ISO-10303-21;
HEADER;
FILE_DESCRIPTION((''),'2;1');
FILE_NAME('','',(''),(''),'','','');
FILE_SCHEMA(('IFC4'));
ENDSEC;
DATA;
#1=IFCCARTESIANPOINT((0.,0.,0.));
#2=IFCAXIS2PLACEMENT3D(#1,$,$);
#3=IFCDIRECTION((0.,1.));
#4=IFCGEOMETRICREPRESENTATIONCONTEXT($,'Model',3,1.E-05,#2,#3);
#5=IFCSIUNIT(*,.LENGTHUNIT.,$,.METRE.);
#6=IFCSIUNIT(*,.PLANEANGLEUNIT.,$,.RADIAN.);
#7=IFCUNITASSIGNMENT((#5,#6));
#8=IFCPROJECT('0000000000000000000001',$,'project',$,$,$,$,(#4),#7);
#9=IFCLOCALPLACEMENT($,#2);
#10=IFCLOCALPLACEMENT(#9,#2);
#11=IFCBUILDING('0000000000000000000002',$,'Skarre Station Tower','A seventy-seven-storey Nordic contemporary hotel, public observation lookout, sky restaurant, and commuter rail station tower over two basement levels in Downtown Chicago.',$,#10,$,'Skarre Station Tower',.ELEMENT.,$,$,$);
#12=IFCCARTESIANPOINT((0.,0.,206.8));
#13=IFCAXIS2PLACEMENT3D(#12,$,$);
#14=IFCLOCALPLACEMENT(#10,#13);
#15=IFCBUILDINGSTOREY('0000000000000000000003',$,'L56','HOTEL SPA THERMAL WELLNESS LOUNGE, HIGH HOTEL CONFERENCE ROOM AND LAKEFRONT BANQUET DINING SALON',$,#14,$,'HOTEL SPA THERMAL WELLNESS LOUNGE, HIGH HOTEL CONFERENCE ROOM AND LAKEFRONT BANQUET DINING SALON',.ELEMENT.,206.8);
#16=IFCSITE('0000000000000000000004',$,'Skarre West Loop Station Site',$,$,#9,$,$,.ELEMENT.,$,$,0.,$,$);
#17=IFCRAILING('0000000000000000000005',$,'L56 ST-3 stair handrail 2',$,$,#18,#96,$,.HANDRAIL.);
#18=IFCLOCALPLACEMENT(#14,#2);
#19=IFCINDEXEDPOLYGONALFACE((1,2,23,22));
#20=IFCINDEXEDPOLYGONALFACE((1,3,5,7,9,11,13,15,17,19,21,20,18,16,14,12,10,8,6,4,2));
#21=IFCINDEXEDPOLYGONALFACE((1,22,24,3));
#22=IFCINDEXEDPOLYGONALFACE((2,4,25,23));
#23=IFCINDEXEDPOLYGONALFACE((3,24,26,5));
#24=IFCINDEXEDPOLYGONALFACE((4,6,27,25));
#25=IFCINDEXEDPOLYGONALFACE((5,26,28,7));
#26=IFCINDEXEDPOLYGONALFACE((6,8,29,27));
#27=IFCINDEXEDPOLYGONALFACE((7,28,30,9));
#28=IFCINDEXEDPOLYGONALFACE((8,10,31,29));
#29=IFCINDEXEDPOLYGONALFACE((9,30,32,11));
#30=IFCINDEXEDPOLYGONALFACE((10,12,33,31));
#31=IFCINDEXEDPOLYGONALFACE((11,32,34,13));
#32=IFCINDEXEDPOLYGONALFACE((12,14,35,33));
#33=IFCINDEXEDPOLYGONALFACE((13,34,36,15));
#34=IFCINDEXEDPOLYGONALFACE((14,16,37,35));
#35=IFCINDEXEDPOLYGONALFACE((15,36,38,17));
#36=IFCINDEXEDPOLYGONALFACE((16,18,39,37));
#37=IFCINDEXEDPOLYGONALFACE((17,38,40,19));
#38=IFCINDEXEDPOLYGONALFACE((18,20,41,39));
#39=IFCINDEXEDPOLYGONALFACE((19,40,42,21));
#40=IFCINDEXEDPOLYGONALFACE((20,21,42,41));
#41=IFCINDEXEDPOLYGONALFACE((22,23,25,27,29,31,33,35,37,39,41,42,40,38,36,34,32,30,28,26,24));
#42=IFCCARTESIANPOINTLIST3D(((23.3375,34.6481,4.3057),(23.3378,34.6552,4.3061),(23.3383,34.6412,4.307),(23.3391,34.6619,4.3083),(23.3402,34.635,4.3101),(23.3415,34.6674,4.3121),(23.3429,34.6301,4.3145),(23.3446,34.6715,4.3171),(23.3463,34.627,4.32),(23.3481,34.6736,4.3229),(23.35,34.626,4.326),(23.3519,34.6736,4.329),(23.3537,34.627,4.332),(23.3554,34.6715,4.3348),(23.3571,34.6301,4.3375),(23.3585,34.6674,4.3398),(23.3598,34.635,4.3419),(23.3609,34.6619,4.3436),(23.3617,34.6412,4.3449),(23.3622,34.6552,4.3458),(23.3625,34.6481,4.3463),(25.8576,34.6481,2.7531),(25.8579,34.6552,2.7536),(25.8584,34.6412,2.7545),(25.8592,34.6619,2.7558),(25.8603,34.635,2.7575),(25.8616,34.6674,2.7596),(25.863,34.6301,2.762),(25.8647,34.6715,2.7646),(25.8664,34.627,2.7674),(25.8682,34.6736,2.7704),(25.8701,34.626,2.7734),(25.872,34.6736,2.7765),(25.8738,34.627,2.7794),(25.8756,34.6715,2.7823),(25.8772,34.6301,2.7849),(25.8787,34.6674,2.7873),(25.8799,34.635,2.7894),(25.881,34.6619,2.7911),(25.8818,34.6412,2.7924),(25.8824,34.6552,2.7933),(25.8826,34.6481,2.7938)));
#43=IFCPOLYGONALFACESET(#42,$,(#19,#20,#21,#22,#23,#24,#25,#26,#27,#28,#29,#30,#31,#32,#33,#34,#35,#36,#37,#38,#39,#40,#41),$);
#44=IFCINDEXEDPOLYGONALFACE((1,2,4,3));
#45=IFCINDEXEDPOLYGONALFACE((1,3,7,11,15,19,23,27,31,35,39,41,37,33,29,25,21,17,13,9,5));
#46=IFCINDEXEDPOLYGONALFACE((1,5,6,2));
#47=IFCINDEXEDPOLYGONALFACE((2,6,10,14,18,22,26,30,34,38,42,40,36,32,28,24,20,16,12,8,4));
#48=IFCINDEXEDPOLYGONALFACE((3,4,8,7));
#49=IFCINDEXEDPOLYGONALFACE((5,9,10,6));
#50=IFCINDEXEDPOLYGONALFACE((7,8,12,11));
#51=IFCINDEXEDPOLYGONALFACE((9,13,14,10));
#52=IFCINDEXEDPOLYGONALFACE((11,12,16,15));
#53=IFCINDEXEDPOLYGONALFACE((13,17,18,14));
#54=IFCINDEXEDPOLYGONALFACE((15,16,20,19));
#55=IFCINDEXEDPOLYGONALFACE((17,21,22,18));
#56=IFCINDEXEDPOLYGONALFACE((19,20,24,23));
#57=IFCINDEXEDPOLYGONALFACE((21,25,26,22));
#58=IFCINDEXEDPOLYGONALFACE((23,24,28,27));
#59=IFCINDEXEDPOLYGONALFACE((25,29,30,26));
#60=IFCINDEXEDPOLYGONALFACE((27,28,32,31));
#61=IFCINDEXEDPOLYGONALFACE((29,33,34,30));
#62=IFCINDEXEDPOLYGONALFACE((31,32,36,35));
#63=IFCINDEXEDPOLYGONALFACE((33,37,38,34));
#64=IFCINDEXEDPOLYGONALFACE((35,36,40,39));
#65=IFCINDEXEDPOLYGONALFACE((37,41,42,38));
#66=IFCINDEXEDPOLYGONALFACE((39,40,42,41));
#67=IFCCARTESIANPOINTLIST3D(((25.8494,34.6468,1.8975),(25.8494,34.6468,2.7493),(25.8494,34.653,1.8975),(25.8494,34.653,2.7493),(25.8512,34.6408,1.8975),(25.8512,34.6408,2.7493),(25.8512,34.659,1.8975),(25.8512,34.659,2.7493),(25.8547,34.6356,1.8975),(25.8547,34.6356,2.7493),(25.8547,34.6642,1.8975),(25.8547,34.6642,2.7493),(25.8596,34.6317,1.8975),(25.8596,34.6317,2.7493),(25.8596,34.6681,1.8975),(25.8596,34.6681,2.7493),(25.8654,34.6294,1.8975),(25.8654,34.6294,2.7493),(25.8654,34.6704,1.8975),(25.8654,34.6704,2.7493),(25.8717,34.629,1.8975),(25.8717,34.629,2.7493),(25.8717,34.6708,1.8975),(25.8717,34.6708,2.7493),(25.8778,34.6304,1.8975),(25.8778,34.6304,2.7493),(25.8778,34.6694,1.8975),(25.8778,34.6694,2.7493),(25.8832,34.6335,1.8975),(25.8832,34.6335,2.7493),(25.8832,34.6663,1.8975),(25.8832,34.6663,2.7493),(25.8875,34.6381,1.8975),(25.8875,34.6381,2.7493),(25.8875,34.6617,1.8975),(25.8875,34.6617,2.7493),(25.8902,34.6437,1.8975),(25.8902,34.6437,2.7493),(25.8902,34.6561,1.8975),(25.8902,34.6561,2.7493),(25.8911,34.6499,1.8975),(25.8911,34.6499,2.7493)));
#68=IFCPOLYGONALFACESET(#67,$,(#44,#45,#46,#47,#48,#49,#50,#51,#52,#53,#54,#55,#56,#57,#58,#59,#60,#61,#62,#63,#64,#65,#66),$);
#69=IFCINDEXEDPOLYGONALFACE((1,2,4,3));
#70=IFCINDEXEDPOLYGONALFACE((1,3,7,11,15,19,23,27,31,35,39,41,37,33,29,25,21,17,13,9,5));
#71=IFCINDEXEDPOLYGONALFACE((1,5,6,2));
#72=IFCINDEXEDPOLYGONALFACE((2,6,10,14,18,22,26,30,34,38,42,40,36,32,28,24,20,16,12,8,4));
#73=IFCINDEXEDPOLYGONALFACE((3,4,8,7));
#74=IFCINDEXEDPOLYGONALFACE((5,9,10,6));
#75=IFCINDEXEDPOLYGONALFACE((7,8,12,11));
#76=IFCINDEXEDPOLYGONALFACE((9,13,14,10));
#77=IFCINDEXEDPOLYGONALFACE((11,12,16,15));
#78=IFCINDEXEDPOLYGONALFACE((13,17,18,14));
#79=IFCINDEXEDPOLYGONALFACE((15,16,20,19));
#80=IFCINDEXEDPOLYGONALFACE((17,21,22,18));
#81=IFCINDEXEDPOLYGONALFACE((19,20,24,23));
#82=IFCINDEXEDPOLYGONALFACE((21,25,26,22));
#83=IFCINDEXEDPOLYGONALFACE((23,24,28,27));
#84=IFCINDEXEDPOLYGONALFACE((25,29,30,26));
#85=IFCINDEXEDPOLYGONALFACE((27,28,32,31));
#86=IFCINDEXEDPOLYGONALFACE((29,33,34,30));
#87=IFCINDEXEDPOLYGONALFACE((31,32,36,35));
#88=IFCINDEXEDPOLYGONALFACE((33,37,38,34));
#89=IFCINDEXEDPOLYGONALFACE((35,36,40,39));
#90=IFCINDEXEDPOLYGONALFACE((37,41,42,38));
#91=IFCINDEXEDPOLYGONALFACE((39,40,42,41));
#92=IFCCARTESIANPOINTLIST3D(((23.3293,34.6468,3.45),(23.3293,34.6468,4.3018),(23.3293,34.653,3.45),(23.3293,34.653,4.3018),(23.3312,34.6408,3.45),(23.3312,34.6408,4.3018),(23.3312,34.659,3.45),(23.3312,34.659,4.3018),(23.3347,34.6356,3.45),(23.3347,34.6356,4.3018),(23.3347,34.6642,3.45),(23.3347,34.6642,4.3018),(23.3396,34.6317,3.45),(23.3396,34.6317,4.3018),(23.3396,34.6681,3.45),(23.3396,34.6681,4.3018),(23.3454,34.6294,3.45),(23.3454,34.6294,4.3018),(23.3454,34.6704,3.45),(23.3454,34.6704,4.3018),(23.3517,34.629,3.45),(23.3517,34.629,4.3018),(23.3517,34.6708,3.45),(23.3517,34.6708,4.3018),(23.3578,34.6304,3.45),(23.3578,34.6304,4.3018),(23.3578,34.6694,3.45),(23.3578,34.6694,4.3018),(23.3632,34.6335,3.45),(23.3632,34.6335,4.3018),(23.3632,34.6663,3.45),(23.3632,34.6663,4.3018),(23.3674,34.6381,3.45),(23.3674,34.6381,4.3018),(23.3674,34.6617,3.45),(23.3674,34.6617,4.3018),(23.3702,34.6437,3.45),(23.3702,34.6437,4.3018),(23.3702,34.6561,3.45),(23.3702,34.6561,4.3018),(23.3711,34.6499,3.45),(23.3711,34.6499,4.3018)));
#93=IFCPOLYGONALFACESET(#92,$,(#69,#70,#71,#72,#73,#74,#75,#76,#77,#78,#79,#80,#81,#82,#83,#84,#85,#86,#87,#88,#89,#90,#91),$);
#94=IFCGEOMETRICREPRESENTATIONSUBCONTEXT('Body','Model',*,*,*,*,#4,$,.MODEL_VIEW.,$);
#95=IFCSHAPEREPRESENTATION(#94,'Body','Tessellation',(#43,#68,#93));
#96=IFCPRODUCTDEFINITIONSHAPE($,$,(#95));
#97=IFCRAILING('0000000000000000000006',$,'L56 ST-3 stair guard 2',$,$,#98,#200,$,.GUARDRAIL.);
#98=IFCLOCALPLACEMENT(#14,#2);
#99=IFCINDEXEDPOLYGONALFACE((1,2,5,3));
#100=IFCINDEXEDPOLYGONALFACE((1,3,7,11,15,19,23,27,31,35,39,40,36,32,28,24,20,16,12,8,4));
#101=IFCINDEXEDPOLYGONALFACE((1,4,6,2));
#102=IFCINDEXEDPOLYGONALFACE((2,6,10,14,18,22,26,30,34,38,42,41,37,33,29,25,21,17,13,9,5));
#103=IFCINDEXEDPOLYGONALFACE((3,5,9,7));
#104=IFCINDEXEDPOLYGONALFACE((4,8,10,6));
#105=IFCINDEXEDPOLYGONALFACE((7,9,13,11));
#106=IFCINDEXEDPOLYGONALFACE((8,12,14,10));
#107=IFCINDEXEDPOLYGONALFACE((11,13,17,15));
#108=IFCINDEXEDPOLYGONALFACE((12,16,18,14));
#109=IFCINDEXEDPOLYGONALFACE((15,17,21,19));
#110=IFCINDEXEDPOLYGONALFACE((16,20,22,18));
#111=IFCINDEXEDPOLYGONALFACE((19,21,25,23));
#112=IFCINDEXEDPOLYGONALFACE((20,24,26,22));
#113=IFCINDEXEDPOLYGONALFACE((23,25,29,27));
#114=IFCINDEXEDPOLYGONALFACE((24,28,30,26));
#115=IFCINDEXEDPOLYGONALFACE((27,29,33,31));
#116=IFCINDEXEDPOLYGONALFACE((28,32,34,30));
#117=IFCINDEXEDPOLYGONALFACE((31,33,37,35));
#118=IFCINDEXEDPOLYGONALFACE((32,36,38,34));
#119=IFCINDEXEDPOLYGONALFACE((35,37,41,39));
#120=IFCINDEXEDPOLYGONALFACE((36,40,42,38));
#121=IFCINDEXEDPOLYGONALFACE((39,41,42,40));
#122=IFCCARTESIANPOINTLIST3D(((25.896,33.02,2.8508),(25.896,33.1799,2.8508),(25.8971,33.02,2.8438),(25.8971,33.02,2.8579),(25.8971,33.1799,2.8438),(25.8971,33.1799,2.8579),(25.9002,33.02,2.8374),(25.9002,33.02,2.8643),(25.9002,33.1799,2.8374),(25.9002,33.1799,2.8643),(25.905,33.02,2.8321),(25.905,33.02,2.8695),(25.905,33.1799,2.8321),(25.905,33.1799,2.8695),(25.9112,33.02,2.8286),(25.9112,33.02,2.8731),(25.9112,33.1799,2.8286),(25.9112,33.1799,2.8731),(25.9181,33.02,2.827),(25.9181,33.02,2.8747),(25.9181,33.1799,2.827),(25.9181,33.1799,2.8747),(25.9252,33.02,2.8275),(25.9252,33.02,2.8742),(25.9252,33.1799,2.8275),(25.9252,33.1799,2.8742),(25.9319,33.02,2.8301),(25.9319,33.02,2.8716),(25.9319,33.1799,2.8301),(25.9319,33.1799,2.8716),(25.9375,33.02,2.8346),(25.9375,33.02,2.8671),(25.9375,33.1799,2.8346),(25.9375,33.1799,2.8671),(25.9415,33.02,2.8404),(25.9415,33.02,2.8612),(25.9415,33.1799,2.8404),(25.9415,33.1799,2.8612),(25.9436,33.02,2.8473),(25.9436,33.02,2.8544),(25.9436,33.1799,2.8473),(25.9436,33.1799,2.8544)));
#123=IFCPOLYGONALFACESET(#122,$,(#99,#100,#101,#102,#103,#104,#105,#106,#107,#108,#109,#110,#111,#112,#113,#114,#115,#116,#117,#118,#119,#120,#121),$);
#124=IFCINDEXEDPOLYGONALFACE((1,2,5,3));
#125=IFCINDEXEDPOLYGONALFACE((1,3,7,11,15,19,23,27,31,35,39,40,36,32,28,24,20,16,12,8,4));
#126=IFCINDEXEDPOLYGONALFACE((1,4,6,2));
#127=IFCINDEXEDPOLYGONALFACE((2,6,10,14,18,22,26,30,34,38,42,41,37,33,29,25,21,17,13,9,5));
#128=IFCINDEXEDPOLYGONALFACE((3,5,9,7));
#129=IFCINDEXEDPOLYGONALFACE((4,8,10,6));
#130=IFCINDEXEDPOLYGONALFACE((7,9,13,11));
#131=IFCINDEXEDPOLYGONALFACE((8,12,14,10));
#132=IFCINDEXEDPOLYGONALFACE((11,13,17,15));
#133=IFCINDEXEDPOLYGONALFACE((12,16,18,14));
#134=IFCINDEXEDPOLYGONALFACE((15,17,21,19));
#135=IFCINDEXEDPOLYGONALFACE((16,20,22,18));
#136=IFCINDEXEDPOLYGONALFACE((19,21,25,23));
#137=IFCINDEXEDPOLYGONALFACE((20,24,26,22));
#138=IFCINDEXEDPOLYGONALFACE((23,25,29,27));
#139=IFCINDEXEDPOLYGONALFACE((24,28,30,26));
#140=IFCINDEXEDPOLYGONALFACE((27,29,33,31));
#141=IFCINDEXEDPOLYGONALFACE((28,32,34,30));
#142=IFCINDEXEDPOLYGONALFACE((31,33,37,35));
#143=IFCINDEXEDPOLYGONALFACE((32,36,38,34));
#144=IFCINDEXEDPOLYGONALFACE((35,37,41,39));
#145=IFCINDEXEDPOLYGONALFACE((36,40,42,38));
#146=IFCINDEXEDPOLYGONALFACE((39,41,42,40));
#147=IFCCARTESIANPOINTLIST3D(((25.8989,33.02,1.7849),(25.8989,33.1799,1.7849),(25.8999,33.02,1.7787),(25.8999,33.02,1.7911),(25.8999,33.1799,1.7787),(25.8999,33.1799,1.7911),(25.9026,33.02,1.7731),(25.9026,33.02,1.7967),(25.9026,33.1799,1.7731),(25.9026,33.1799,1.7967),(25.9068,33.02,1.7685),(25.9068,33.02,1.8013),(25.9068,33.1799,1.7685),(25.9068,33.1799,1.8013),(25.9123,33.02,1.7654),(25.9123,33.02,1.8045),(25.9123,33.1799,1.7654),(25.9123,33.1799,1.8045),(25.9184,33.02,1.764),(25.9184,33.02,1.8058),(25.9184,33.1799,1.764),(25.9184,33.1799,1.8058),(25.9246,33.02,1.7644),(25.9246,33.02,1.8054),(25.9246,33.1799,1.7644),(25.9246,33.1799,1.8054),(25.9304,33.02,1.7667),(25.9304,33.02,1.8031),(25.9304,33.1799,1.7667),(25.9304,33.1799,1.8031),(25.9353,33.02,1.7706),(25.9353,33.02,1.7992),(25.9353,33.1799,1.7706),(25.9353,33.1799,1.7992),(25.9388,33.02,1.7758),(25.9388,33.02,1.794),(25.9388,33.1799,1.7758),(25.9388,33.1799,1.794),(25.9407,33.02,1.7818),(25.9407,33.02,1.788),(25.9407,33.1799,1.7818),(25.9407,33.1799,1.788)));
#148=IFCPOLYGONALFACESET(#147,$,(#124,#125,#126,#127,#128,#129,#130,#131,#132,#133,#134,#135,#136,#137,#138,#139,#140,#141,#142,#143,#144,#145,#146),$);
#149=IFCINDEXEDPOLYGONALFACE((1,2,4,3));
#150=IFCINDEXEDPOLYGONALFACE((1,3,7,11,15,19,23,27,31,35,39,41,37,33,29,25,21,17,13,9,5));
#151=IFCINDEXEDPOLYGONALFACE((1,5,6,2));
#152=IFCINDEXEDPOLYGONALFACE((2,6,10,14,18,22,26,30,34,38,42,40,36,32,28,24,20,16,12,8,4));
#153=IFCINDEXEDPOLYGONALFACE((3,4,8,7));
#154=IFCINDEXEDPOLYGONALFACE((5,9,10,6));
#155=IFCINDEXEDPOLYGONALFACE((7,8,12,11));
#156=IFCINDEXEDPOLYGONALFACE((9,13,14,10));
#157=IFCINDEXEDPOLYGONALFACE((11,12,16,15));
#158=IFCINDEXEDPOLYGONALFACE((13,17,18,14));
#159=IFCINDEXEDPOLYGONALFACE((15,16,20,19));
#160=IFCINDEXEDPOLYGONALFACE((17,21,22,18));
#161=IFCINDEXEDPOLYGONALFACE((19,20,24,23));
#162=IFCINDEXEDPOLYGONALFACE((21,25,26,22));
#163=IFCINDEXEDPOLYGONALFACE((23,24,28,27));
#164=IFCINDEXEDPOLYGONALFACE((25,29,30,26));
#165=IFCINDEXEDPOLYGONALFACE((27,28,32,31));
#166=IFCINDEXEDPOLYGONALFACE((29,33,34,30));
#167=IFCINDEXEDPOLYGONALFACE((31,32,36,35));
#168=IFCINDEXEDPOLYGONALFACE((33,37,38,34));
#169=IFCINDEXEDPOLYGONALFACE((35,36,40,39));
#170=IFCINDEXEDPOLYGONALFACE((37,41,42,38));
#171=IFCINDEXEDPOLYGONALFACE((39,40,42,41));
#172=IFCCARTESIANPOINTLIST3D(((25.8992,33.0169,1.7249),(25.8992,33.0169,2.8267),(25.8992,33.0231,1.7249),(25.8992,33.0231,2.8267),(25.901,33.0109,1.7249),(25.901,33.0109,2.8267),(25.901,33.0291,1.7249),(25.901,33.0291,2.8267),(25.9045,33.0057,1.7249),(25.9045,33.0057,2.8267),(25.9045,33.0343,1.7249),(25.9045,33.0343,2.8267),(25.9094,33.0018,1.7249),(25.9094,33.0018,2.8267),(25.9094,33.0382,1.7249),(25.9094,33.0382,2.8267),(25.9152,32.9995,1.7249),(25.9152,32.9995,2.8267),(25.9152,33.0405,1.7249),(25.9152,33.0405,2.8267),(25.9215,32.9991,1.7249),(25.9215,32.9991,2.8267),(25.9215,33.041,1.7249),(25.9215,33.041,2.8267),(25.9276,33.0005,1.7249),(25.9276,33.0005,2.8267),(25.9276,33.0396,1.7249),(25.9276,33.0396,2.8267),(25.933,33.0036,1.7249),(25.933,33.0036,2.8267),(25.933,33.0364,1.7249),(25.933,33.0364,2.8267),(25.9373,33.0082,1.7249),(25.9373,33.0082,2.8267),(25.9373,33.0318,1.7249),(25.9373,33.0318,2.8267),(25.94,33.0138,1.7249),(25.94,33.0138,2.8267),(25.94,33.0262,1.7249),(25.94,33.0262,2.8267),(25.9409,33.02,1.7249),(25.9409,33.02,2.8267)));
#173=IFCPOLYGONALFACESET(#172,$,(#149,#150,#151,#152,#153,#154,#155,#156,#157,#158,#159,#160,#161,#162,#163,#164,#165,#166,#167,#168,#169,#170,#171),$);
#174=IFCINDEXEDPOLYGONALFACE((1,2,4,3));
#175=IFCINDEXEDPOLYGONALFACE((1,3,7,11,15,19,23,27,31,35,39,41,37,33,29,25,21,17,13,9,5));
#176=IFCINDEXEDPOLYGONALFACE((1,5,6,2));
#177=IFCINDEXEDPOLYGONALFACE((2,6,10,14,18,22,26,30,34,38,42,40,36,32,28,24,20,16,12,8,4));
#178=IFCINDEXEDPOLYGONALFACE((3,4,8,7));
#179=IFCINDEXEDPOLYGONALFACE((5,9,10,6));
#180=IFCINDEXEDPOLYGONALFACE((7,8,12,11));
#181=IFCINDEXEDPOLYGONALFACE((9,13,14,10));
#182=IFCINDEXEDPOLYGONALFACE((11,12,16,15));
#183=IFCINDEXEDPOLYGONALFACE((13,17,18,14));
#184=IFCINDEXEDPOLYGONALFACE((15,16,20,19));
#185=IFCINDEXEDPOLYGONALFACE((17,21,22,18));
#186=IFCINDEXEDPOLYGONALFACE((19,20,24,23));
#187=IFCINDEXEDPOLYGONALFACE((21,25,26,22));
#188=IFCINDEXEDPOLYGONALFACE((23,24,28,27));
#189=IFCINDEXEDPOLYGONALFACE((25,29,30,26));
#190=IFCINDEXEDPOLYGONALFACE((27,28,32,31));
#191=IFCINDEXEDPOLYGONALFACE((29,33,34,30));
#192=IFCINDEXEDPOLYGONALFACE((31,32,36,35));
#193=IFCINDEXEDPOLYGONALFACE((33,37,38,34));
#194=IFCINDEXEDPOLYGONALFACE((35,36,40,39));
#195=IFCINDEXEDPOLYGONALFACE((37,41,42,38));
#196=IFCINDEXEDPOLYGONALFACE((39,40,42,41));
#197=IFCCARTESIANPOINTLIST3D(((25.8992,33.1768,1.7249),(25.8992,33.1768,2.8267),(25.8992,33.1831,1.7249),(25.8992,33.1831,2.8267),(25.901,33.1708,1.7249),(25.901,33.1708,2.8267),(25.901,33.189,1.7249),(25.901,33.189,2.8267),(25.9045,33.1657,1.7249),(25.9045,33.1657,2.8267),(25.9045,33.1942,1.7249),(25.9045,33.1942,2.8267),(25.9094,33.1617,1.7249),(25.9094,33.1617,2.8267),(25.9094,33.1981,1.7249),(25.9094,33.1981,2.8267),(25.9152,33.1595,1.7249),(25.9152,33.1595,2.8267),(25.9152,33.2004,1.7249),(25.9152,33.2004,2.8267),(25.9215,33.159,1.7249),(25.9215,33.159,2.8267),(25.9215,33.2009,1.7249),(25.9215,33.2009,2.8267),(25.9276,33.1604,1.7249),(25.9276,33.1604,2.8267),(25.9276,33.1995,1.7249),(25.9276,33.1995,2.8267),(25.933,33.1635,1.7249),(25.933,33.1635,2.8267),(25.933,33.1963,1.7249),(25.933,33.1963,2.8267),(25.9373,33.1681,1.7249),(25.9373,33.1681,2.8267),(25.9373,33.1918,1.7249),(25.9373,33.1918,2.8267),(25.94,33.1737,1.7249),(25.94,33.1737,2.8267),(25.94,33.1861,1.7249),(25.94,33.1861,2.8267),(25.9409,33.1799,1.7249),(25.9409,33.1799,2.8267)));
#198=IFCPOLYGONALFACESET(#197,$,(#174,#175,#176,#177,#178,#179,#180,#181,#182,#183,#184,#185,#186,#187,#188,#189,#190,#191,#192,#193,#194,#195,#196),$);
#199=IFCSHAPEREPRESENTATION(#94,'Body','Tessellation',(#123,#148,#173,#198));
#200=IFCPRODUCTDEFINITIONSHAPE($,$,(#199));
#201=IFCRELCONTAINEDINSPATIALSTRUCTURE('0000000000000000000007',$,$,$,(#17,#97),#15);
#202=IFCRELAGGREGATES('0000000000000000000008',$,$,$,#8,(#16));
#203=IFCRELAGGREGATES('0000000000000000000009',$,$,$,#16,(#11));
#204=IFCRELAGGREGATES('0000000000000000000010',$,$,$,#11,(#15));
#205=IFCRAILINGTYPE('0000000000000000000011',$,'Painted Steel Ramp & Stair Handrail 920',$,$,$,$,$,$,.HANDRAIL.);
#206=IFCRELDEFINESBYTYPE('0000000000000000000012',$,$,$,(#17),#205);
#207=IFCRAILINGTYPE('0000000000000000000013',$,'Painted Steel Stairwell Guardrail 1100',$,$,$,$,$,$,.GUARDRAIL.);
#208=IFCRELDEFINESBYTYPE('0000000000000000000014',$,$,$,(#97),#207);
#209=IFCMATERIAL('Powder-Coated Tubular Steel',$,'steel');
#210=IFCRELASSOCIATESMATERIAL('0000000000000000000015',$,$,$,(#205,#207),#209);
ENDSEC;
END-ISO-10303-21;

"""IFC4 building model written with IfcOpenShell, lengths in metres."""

from ifc_helpers import new_model, si_unit, direction, frame, origin, origin_2d, place, context, subcontext, project, spatial, circle, extrude, material, type_object, element, save


model = new_model("IFC4")

# Units and contexts
model_context = context("Model", 3, precision=1e-05, world=origin(), true_north=direction((0.0, 1.0)))
body_context = subcontext(model_context, "Body", "Model", "MODEL_VIEW")
ifc_project = project(units=[si_unit("LENGTHUNIT", "METRE"), si_unit("PLANEANGLEUNIT", "RADIAN")], contexts=[model_context])

# Site, building, storey
site_placement = place(None, origin())
site = spatial("IfcSite", under=ifc_project, at=site_placement, Name="Skarre West Loop Station Site", CompositionType="ELEMENT", RefElevation=0.0)
building_placement = place(site_placement, origin())
building = spatial("IfcBuilding", under=site, at=building_placement, Name="Skarre Station Tower", Description="A seventy-seven-storey Nordic contemporary hotel, public observation lookout, sky restaurant, and commuter rail station tower over two basement levels in Downtown Chicago.", LongName="Skarre Station Tower", CompositionType="ELEMENT")
storey_placement = place(building_placement, frame((0.0, 0.0, 206.8)))
storey = spatial("IfcBuildingStorey", under=building, at=storey_placement, Name="L56", Description="HOTEL SPA THERMAL WELLNESS LOUNGE, HIGH HOTEL CONFERENCE ROOM AND LAKEFRONT BANQUET DINING SALON", LongName="HOTEL SPA THERMAL WELLNESS LOUNGE, HIGH HOTEL CONFERENCE ROOM AND LAKEFRONT BANQUET DINING SALON", CompositionType="ELEMENT", Elevation=206.8)

# Railings
ifc_material_1 = material(Name="Powder-Coated Tubular Steel", Category="steel")
railing_type_1 = type_object("IfcRailingType", Name="Painted Steel Ramp & Stair Handrail 920", PredefinedType="HANDRAIL", material=ifc_material_1)
railing_1_placement = place(storey_placement, frame((25.8701, 34.6499, 1.8975)))
element("IfcRailing", 1, at=railing_1_placement, inside=storey, type_object=railing_type_1, Name="L56 ST-3 stair handrail 2", PredefinedType="HANDRAIL", context=body_context, shape_type="SweptSolid", body=[
    extrude(circle(Radius=0.0239, at=origin_2d()), frame((0.0, 0.0, 0.876), z_axis=(-0.8514, 0.0, 0.524516), x_axis=(0.0, -1.0, 0.0)), (0.0, 0.0, 1.0), 2.96),
    extrude(circle(Radius=0.021, at=origin_2d()), origin(), (0.0, 0.0, 1.0), 0.8518),
    extrude(circle(Radius=0.021, at=origin_2d()), frame((-2.52, 0.0, 1.5525)), (0.0, 0.0, 1.0), 0.8518),
])
railing_type_2 = type_object("IfcRailingType", Name="Painted Steel Stairwell Guardrail 1100", PredefinedType="GUARDRAIL", material=ifc_material_1)
railing_2_placement = place(storey_placement, frame((25.9199, 33.02, 1.7249)))
element("IfcRailing", 2, at=railing_2_placement, inside=storey, type_object=railing_type_2, Name="L56 ST-3 stair guard 2", PredefinedType="GUARDRAIL", context=body_context, shape_type="SweptSolid", body=[
    extrude(circle(Radius=0.0239, at=origin_2d()), frame((0.0, 0.0, 1.126), z_axis=(0.0, 1.0, 0.0), x_axis=(-1.0, 0.0, 0.0)), (0.0, 0.0, 1.0), 0.1599),
    extrude(circle(Radius=0.021, at=origin_2d()), frame((0.0, 0.0, 0.0601), z_axis=(0.0, 1.0, 0.0), x_axis=(-1.0, 0.0, 0.0)), (0.0, 0.0, 1.0), 0.1599),
    extrude(circle(Radius=0.021, at=origin_2d()), origin(), (0.0, 0.0, 1.0), 1.1018),
    extrude(circle(Radius=0.021, at=origin_2d()), frame((0.0, 0.1599, 0.0)), (0.0, 0.0, 1.0), 1.1018),
])

save(model, "model.ifc")
